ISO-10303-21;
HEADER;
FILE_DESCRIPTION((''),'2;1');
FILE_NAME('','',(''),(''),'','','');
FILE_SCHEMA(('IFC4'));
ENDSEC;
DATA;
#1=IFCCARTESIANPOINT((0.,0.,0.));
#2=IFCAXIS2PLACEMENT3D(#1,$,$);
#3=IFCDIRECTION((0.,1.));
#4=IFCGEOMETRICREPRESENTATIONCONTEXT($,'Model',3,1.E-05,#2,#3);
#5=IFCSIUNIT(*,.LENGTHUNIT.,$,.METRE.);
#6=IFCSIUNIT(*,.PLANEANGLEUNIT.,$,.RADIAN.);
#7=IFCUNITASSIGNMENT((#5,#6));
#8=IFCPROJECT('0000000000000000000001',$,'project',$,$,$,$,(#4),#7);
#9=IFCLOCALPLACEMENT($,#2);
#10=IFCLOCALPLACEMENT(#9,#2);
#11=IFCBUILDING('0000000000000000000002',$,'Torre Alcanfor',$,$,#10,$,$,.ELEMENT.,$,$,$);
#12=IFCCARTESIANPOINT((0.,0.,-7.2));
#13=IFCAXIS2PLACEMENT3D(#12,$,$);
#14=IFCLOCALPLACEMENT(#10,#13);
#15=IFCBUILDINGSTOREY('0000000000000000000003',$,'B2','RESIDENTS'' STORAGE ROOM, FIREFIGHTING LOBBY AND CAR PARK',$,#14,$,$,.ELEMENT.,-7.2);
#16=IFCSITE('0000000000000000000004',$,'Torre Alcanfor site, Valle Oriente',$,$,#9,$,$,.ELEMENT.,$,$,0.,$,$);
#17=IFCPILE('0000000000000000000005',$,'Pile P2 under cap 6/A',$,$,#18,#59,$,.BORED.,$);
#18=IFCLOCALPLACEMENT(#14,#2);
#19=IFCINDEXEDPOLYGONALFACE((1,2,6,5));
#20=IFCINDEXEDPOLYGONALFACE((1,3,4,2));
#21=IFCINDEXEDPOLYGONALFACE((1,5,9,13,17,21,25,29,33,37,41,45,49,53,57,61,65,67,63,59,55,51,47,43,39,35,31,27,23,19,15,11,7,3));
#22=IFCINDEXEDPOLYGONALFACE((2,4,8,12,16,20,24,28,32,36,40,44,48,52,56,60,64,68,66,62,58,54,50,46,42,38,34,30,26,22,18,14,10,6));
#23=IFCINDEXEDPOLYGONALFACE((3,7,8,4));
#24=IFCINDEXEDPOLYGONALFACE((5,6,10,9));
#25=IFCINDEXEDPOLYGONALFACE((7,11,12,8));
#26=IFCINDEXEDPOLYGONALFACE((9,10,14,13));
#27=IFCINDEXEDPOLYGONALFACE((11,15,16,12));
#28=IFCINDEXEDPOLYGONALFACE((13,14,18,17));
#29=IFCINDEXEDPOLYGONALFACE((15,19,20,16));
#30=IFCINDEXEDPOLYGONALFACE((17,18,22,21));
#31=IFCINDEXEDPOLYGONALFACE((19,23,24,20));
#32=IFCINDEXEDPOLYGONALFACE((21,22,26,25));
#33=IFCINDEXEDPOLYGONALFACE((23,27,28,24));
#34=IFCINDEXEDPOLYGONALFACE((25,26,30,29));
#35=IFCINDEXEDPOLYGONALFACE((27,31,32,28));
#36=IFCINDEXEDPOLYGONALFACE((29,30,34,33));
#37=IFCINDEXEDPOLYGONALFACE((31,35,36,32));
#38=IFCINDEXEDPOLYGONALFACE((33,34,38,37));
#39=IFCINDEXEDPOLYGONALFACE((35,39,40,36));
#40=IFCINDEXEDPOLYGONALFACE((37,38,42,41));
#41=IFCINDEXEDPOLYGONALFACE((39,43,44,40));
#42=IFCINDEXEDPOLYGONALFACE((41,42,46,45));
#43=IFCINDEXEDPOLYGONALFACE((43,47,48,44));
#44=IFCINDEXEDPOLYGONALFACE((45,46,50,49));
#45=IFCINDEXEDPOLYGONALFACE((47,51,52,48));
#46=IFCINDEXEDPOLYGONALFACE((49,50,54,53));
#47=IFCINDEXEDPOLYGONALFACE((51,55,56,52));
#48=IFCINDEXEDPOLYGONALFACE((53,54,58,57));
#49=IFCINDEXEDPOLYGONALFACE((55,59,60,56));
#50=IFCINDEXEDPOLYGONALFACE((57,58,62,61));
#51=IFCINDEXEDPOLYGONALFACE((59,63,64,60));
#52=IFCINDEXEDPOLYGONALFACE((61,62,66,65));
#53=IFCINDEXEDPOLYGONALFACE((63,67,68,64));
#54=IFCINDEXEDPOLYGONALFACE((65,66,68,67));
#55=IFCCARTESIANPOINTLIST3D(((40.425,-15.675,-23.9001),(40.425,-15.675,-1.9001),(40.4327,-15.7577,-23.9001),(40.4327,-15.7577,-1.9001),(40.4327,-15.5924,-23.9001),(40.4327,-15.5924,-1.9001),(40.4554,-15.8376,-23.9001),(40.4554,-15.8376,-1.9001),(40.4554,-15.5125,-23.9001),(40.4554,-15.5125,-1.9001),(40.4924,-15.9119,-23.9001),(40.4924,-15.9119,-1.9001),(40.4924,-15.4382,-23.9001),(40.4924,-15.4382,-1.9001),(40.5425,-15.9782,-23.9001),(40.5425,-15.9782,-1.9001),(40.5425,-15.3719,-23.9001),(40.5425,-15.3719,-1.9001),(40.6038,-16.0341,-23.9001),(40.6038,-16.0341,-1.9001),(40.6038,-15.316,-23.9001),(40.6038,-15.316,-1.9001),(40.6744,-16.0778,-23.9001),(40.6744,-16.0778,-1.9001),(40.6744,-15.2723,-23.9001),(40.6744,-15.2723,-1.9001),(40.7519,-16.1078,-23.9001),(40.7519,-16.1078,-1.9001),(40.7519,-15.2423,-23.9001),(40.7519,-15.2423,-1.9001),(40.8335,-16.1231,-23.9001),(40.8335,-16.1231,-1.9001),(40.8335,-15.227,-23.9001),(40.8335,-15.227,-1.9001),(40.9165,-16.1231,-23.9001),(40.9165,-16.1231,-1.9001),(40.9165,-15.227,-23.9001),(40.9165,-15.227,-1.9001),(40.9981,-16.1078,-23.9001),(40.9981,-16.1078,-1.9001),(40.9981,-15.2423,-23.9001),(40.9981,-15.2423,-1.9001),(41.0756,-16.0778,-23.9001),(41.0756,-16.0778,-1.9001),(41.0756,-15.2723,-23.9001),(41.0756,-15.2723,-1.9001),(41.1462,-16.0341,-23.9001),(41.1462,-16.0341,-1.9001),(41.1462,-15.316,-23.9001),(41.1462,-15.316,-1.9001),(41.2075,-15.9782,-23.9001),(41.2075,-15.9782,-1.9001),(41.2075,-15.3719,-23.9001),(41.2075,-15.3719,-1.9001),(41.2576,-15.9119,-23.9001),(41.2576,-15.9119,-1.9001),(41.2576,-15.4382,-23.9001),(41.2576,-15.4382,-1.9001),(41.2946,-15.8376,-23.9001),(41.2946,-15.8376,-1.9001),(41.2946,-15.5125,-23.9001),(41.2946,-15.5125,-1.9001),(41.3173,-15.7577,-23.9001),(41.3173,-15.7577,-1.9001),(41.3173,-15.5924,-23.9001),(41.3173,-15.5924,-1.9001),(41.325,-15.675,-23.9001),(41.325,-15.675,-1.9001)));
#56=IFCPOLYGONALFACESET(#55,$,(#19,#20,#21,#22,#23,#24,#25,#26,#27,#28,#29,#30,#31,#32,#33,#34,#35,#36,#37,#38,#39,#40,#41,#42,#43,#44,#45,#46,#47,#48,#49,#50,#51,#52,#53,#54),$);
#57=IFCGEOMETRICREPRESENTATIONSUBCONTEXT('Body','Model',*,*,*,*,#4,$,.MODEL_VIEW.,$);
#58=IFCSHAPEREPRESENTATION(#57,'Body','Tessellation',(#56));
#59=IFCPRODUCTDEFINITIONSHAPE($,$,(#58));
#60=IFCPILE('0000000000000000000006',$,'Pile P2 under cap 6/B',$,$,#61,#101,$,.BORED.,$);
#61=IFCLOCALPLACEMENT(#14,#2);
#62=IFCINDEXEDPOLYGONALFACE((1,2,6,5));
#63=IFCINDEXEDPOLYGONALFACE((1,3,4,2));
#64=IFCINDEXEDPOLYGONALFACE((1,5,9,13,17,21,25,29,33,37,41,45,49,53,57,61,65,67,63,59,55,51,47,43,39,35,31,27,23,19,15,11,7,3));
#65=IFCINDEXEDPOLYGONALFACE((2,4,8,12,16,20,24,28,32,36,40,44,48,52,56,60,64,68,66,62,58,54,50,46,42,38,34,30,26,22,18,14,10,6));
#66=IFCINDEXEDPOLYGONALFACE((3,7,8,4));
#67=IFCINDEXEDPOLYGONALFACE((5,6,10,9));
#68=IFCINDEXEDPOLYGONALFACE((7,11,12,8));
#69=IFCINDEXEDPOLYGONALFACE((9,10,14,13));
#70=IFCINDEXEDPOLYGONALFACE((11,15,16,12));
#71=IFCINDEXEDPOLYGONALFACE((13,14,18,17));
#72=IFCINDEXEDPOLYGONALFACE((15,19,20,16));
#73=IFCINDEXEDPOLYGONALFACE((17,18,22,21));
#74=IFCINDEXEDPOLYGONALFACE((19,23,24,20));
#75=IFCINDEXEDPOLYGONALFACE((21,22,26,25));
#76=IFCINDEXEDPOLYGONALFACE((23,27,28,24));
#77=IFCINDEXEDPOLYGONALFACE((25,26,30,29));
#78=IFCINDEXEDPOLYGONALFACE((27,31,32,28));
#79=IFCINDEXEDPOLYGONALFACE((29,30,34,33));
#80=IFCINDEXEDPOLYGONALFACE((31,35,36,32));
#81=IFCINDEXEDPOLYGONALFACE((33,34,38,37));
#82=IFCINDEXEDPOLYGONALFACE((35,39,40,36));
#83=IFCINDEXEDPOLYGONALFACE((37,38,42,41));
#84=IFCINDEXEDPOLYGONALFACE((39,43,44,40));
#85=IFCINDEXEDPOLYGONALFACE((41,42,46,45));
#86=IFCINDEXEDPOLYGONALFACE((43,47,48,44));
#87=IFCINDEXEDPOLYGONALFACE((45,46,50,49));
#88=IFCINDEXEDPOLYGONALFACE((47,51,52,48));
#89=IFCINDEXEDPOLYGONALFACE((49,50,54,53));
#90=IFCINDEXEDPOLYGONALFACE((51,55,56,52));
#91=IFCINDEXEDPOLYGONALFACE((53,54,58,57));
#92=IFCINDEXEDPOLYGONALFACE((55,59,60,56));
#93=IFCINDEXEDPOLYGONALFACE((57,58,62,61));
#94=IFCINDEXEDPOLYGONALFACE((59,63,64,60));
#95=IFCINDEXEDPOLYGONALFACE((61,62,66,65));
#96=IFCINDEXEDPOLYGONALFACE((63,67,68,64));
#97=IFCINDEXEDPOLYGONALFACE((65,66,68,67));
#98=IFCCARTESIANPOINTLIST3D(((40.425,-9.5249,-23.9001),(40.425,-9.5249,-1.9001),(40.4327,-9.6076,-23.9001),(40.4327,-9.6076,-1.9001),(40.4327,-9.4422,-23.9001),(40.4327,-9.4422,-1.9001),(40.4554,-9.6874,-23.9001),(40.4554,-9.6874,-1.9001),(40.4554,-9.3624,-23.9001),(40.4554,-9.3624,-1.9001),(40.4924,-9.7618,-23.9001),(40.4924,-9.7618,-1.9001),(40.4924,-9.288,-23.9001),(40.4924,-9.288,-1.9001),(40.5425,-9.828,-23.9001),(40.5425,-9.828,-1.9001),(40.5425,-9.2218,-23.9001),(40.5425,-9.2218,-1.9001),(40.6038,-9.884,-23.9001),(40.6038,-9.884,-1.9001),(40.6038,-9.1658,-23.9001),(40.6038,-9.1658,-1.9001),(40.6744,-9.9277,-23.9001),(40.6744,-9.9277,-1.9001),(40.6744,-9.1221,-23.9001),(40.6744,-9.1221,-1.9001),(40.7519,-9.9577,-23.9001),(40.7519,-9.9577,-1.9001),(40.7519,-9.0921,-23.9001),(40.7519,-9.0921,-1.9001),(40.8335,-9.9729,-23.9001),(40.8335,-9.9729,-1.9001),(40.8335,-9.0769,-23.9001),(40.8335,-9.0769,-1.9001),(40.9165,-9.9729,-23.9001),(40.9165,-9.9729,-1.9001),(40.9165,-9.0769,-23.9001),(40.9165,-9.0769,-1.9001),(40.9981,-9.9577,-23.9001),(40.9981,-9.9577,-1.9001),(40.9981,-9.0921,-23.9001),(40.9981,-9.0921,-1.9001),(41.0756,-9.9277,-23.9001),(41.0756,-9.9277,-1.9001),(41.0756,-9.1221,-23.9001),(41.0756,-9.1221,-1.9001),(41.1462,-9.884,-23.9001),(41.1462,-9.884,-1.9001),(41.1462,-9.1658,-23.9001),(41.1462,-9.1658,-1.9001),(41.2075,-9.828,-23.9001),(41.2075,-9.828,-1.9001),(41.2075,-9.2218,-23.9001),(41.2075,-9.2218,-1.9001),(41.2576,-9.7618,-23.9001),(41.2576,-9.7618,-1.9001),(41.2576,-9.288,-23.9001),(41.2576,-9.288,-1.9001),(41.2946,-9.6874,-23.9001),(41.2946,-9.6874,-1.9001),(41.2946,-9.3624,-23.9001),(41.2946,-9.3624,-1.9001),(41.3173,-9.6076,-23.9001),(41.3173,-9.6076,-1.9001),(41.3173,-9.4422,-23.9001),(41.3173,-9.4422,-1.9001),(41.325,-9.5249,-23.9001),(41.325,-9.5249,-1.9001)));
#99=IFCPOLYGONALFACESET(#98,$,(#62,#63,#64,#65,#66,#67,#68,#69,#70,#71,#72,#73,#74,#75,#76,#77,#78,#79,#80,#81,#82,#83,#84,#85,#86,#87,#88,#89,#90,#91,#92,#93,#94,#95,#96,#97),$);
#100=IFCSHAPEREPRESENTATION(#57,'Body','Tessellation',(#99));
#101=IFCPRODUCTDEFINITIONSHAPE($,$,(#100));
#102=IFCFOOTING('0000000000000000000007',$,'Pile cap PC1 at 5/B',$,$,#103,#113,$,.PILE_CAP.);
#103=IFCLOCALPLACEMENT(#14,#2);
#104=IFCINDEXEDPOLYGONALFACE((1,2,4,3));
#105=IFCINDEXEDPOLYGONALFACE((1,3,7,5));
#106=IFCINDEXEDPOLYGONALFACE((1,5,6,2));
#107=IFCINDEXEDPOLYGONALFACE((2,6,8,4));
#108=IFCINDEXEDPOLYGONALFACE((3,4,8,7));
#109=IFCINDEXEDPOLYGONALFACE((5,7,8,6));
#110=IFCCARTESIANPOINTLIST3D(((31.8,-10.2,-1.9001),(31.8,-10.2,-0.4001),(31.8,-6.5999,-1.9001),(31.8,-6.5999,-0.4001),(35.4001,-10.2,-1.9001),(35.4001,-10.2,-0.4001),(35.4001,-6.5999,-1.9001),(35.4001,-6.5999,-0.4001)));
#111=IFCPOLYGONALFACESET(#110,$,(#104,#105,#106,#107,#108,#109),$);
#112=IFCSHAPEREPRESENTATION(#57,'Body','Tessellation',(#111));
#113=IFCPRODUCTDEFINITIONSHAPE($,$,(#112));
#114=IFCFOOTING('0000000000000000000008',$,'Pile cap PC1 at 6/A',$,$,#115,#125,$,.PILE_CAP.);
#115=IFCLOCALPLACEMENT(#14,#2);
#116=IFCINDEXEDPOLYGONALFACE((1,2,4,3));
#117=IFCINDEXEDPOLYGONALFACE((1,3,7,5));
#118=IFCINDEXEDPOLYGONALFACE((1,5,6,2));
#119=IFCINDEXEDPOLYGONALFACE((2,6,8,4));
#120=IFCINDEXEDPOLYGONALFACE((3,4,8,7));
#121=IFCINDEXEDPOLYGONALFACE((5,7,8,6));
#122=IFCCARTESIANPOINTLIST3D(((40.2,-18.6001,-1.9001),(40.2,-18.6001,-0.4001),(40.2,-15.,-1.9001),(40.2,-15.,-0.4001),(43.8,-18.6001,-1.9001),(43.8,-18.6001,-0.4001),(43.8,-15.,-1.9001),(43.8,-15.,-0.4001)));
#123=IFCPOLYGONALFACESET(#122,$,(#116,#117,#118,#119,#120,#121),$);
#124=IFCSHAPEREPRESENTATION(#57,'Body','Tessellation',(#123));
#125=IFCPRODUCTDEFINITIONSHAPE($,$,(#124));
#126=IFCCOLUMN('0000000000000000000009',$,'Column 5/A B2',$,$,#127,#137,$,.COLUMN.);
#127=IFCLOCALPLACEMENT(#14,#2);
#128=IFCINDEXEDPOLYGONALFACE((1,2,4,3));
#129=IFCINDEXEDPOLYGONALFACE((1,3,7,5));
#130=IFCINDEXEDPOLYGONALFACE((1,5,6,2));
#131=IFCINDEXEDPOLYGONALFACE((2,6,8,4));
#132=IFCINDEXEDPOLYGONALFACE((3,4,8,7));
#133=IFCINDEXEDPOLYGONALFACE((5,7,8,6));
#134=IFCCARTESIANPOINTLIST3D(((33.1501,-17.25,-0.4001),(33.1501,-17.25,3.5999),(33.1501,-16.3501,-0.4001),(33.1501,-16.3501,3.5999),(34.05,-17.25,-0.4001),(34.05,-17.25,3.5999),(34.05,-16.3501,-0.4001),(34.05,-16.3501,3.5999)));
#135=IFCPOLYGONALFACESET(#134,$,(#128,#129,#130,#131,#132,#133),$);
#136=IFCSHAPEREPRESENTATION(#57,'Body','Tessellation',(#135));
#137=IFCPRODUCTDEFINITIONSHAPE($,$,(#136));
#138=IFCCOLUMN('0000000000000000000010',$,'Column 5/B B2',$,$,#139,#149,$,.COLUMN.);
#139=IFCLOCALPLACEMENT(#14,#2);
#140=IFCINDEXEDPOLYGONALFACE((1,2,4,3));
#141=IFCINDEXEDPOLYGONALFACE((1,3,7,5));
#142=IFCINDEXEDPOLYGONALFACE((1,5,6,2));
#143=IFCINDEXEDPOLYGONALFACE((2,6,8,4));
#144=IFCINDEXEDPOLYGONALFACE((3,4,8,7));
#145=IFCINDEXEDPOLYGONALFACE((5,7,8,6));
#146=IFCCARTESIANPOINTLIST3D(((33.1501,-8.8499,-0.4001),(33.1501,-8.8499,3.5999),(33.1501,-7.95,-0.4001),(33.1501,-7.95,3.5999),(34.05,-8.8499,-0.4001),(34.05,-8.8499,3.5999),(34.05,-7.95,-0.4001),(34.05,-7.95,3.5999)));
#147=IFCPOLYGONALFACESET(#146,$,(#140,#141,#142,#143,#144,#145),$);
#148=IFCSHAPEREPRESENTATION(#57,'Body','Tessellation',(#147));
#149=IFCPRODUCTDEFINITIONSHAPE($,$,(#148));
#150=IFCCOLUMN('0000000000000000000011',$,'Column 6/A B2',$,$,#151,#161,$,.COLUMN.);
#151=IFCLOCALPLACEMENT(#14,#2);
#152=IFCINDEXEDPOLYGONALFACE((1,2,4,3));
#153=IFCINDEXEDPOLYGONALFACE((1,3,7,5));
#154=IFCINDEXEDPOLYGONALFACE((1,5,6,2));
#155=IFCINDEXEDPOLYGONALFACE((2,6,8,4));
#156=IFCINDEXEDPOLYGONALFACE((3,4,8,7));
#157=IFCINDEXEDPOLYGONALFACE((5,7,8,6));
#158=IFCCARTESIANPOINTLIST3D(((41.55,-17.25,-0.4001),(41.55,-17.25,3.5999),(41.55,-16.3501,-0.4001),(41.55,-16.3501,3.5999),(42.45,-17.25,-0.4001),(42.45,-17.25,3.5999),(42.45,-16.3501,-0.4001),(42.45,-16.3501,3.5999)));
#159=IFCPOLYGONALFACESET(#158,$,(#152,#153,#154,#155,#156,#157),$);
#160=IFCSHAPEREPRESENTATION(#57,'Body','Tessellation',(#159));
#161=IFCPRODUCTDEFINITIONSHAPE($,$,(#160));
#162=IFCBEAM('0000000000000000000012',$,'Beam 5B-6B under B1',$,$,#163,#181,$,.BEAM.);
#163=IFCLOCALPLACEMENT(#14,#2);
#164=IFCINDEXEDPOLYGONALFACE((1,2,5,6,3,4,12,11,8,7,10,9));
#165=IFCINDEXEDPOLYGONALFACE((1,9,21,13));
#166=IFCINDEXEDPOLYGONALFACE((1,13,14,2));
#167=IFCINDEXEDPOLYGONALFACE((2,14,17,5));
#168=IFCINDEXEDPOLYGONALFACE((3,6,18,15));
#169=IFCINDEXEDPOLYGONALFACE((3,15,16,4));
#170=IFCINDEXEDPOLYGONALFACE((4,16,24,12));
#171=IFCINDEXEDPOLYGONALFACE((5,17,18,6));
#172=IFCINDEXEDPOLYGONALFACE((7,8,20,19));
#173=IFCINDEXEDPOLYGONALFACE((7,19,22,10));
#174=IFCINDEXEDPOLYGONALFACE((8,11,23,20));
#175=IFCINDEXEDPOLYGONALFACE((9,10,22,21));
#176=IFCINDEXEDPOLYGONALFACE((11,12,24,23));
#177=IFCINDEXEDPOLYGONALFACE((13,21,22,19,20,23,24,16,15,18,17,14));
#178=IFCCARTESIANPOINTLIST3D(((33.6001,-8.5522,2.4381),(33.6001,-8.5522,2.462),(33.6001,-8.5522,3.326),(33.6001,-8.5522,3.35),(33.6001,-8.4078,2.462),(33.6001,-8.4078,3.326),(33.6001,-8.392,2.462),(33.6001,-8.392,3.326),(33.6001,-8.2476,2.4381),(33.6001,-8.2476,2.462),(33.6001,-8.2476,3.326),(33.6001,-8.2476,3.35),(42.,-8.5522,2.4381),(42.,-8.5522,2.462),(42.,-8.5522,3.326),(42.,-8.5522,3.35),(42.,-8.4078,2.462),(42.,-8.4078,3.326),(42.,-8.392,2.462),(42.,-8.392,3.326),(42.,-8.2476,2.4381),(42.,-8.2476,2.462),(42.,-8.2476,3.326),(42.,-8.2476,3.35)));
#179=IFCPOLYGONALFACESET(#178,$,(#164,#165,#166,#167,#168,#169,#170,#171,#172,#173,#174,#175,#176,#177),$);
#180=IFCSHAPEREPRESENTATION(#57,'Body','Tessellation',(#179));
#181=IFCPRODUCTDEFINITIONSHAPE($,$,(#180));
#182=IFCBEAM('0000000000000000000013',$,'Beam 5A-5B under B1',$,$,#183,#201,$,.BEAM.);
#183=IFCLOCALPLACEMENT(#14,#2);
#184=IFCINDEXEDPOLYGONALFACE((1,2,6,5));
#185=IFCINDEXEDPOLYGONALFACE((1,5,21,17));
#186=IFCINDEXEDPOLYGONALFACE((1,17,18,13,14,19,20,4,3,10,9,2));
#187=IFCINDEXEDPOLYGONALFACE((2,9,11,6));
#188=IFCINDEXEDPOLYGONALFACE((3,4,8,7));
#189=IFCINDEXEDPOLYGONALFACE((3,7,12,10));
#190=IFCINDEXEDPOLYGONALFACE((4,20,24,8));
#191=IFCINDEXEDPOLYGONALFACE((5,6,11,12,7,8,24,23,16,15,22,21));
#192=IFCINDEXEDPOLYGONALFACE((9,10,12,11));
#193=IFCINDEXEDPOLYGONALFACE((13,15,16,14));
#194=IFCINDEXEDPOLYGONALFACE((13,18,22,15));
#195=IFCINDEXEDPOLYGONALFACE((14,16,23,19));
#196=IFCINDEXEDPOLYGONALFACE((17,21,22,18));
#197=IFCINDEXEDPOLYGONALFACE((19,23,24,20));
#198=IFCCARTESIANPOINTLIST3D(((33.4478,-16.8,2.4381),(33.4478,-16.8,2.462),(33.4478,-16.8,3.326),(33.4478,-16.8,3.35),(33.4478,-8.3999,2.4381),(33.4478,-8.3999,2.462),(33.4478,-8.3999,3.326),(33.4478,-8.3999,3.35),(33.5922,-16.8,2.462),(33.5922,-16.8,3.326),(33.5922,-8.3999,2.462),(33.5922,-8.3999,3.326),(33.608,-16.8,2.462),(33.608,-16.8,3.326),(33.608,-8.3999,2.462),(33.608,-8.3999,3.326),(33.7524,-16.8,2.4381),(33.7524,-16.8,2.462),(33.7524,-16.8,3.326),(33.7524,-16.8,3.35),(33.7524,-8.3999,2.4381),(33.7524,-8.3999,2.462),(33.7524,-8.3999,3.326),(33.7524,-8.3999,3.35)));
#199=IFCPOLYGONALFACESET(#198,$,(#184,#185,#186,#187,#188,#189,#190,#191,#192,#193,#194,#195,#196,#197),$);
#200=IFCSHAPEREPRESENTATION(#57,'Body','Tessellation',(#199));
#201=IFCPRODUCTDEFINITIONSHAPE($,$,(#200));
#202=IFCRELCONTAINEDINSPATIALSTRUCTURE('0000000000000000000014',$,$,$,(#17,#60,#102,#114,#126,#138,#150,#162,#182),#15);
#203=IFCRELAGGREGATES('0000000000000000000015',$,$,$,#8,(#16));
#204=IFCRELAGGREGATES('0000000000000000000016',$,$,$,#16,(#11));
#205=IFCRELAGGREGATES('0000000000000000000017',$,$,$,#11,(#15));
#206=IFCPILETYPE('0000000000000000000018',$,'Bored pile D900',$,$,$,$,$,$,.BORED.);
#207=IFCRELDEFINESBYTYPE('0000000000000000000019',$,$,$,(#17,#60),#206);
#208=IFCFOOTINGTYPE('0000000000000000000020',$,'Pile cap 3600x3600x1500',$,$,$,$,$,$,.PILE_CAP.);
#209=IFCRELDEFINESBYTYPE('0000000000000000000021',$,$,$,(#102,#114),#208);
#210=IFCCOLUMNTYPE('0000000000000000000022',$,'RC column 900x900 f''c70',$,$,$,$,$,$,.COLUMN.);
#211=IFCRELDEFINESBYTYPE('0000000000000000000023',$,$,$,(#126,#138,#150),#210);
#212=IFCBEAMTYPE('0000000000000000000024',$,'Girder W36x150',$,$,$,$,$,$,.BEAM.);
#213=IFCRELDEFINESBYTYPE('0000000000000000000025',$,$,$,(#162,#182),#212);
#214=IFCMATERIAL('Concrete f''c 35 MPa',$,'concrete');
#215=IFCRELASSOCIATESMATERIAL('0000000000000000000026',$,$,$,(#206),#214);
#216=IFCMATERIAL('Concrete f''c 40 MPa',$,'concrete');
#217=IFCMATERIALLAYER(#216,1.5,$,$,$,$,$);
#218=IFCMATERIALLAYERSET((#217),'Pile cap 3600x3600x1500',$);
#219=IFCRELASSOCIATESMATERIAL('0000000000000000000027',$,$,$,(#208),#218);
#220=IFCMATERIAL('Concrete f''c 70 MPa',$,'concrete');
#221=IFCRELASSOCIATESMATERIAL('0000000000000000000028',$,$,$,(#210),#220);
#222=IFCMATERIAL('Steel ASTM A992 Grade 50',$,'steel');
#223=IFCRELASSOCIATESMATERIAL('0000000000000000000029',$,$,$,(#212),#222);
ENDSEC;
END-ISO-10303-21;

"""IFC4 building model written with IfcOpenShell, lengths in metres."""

from ifc_helpers import new_model, si_unit, direction, frame, origin, origin_2d, place, context, subcontext, project, spatial, rectangle, circle, i_section, extrude, material, layer, layer_set, material_profile, profile_set, type_object, element, save


model = new_model("IFC4")

# Units and contexts
model_context = context("Model", 3, precision=1e-05, world=origin(), true_north=direction((0.0, 1.0)))
body_context = subcontext(model_context, "Body", "Model", "MODEL_VIEW")
ifc_project = project(units=[si_unit("LENGTHUNIT", "METRE"), si_unit("PLANEANGLEUNIT", "RADIAN")], contexts=[model_context])

# Site, building, storey
site_placement = place(None, origin())
site = spatial("IfcSite", under=ifc_project, at=site_placement, Name="Torre Alcanfor site, Valle Oriente", CompositionType="ELEMENT", RefElevation=0.0)
building_placement = place(site_placement, origin())
building = spatial("IfcBuilding", under=site, at=building_placement, Name="Torre Alcanfor", CompositionType="ELEMENT")
storey_placement = place(building_placement, frame((0.0, 0.0, -7.2)))
storey = spatial("IfcBuildingStorey", under=building, at=storey_placement, Name="B2", Description="RESIDENTS' STORAGE ROOM, FIREFIGHTING LOBBY AND CAR PARK", CompositionType="ELEMENT", Elevation=-7.2)

# Piles
ifc_material_1 = material(Name="Concrete f'c 35 MPa", Category="concrete")
ifc_material_profile_1 = material_profile(ifc_material_1, circle(Radius=0.45, at=origin_2d()), Name="D900")
ifc_profile_set_1 = profile_set([ifc_material_profile_1], Name="Concrete f'c 35 MPa")
pile_type = type_object("IfcPileType", Name="Bored pile D900", PredefinedType="BORED", material=ifc_profile_set_1)
for number, where, z_axis, x_axis, name in (
    (1, (40.875, -15.675, -1.9001), (0.0, 0.0, -1.0), (1.0, 0.0, 0.0), "Pile P2 under cap 6/A"),
    (2, (40.875, -9.5249, -1.9001), (0.0, 0.0, -1.0), (1.0, 0.0, 0.0), "Pile P2 under cap 6/B"),
):
    element("IfcPile", number, at=place(storey_placement, frame(where, z_axis=z_axis, x_axis=x_axis)), inside=storey, type_object=pile_type, Name=name, PredefinedType="BORED", context=body_context, shape_type="SweptSolid", body=[
        extrude(circle(Radius=0.45, at=origin_2d()), origin(), (0.0, 0.0, 1.0), 22.0),
    ])

# Footings
ifc_material_2 = material(Name="Concrete f'c 40 MPa", Category="concrete")
ifc_layer_1 = layer(ifc_material_2, 1.5)
ifc_layer_set_1 = layer_set([ifc_layer_1], Name="Pile cap 3600x3600x1500")
footing_type = type_object("IfcFootingType", Name="Pile cap 3600x3600x1500", PredefinedType="PILE_CAP", material=ifc_layer_set_1)
for number, where, z_axis, x_axis, name in (
    (3, (33.6001, -8.3999, -1.9001), (0.0, 0.0, 1.0), (1.0, 0.0, 0.0), "Pile cap PC1 at 5/B"),
    (4, (42.0, -16.8, -1.9001), (0.0, 0.0, 1.0), (1.0, 0.0, 0.0), "Pile cap PC1 at 6/A"),
):
    element("IfcFooting", number, at=place(storey_placement, frame(where, z_axis=z_axis, x_axis=x_axis)), inside=storey, type_object=footing_type, Name=name, PredefinedType="PILE_CAP", context=body_context, shape_type="SweptSolid", body=[
        extrude(rectangle(XDim=3.6001, YDim=3.6001, at=origin_2d()), origin(), (0.0, 0.0, 1.0), 1.5),
    ])

# Columns
ifc_material_3 = material(Name="Concrete f'c 70 MPa", Category="concrete")
ifc_material_profile_2 = material_profile(ifc_material_3, rectangle(XDim=0.8999, YDim=0.8999, at=origin_2d()), Name="900x900")
ifc_profile_set_2 = profile_set([ifc_material_profile_2], Name="Concrete f'c 70 MPa")
column_type = type_object("IfcColumnType", Name="RC column 900x900 f'c70", PredefinedType="COLUMN", material=ifc_profile_set_2)
for number, where, z_axis, x_axis, name in (
    (5, (33.6001, -16.8, -0.4001), (0.0, 0.0, 1.0), (1.0, 0.0, 0.0), "Column 5/A B2"),
    (6, (33.6001, -8.3999, -0.4001), (0.0, 0.0, 1.0), (1.0, 0.0, 0.0), "Column 5/B B2"),
    (7, (42.0, -16.8, -0.4001), (0.0, 0.0, 1.0), (1.0, 0.0, 0.0), "Column 6/A B2"),
):
    element("IfcColumn", number, at=place(storey_placement, frame(where, z_axis=z_axis, x_axis=x_axis)), inside=storey, type_object=column_type, Name=name, PredefinedType="COLUMN", context=body_context, shape_type="SweptSolid", body=[
        extrude(rectangle(XDim=0.8999, YDim=0.8999, at=origin_2d()), origin(), (0.0, 0.0, 1.0), 4.0),
    ])

# Beams
ifc_material_4 = material(Name="Steel ASTM A992 Grade 50", Category="steel")
ifc_material_profile_3 = material_profile(ifc_material_4, i_section(OverallWidth=0.3047, OverallDepth=0.9119, WebThickness=0.0159, FlangeThickness=0.0239, at=origin_2d()), Name="W36x150")
ifc_profile_set_3 = profile_set([ifc_material_profile_3], Name="Steel ASTM A992 Grade 50")
beam_type_1 = type_object("IfcBeamType", Name="Girder W36x150", PredefinedType="BEAM", material=ifc_profile_set_3)
beam_1_placement = place(storey_placement, frame((33.6001, -8.3999, 2.894), z_axis=(1.0, 0.0, 0.0), x_axis=(0.0, 1.0, 0.0)))
element("IfcBeam", 8, at=beam_1_placement, inside=storey, type_object=beam_type_1, Name="Beam 5B-6B under B1", PredefinedType="BEAM", context=body_context, shape_type="SweptSolid", body=[
    extrude(i_section(OverallWidth=0.3047, OverallDepth=0.9119, WebThickness=0.0159, FlangeThickness=0.0239, at=origin_2d()), origin(), (0.0, 0.0, 1.0), 8.3999),
])
beam_2_placement = place(storey_placement, frame((33.6001, -16.8, 2.894), z_axis=(0.0, 1.0, 0.0), x_axis=(-1.0, 0.0, 0.0)))
element("IfcBeam", 9, at=beam_2_placement, inside=storey, type_object=beam_type_1, Name="Beam 5A-5B under B1", PredefinedType="BEAM", context=body_context, shape_type="SweptSolid", body=[
    extrude(i_section(OverallWidth=0.3047, OverallDepth=0.9119, WebThickness=0.0159, FlangeThickness=0.0239, at=origin_2d()), origin(), (0.0, 0.0, 1.0), 8.4001),
])

save(model, "model.ifc")
